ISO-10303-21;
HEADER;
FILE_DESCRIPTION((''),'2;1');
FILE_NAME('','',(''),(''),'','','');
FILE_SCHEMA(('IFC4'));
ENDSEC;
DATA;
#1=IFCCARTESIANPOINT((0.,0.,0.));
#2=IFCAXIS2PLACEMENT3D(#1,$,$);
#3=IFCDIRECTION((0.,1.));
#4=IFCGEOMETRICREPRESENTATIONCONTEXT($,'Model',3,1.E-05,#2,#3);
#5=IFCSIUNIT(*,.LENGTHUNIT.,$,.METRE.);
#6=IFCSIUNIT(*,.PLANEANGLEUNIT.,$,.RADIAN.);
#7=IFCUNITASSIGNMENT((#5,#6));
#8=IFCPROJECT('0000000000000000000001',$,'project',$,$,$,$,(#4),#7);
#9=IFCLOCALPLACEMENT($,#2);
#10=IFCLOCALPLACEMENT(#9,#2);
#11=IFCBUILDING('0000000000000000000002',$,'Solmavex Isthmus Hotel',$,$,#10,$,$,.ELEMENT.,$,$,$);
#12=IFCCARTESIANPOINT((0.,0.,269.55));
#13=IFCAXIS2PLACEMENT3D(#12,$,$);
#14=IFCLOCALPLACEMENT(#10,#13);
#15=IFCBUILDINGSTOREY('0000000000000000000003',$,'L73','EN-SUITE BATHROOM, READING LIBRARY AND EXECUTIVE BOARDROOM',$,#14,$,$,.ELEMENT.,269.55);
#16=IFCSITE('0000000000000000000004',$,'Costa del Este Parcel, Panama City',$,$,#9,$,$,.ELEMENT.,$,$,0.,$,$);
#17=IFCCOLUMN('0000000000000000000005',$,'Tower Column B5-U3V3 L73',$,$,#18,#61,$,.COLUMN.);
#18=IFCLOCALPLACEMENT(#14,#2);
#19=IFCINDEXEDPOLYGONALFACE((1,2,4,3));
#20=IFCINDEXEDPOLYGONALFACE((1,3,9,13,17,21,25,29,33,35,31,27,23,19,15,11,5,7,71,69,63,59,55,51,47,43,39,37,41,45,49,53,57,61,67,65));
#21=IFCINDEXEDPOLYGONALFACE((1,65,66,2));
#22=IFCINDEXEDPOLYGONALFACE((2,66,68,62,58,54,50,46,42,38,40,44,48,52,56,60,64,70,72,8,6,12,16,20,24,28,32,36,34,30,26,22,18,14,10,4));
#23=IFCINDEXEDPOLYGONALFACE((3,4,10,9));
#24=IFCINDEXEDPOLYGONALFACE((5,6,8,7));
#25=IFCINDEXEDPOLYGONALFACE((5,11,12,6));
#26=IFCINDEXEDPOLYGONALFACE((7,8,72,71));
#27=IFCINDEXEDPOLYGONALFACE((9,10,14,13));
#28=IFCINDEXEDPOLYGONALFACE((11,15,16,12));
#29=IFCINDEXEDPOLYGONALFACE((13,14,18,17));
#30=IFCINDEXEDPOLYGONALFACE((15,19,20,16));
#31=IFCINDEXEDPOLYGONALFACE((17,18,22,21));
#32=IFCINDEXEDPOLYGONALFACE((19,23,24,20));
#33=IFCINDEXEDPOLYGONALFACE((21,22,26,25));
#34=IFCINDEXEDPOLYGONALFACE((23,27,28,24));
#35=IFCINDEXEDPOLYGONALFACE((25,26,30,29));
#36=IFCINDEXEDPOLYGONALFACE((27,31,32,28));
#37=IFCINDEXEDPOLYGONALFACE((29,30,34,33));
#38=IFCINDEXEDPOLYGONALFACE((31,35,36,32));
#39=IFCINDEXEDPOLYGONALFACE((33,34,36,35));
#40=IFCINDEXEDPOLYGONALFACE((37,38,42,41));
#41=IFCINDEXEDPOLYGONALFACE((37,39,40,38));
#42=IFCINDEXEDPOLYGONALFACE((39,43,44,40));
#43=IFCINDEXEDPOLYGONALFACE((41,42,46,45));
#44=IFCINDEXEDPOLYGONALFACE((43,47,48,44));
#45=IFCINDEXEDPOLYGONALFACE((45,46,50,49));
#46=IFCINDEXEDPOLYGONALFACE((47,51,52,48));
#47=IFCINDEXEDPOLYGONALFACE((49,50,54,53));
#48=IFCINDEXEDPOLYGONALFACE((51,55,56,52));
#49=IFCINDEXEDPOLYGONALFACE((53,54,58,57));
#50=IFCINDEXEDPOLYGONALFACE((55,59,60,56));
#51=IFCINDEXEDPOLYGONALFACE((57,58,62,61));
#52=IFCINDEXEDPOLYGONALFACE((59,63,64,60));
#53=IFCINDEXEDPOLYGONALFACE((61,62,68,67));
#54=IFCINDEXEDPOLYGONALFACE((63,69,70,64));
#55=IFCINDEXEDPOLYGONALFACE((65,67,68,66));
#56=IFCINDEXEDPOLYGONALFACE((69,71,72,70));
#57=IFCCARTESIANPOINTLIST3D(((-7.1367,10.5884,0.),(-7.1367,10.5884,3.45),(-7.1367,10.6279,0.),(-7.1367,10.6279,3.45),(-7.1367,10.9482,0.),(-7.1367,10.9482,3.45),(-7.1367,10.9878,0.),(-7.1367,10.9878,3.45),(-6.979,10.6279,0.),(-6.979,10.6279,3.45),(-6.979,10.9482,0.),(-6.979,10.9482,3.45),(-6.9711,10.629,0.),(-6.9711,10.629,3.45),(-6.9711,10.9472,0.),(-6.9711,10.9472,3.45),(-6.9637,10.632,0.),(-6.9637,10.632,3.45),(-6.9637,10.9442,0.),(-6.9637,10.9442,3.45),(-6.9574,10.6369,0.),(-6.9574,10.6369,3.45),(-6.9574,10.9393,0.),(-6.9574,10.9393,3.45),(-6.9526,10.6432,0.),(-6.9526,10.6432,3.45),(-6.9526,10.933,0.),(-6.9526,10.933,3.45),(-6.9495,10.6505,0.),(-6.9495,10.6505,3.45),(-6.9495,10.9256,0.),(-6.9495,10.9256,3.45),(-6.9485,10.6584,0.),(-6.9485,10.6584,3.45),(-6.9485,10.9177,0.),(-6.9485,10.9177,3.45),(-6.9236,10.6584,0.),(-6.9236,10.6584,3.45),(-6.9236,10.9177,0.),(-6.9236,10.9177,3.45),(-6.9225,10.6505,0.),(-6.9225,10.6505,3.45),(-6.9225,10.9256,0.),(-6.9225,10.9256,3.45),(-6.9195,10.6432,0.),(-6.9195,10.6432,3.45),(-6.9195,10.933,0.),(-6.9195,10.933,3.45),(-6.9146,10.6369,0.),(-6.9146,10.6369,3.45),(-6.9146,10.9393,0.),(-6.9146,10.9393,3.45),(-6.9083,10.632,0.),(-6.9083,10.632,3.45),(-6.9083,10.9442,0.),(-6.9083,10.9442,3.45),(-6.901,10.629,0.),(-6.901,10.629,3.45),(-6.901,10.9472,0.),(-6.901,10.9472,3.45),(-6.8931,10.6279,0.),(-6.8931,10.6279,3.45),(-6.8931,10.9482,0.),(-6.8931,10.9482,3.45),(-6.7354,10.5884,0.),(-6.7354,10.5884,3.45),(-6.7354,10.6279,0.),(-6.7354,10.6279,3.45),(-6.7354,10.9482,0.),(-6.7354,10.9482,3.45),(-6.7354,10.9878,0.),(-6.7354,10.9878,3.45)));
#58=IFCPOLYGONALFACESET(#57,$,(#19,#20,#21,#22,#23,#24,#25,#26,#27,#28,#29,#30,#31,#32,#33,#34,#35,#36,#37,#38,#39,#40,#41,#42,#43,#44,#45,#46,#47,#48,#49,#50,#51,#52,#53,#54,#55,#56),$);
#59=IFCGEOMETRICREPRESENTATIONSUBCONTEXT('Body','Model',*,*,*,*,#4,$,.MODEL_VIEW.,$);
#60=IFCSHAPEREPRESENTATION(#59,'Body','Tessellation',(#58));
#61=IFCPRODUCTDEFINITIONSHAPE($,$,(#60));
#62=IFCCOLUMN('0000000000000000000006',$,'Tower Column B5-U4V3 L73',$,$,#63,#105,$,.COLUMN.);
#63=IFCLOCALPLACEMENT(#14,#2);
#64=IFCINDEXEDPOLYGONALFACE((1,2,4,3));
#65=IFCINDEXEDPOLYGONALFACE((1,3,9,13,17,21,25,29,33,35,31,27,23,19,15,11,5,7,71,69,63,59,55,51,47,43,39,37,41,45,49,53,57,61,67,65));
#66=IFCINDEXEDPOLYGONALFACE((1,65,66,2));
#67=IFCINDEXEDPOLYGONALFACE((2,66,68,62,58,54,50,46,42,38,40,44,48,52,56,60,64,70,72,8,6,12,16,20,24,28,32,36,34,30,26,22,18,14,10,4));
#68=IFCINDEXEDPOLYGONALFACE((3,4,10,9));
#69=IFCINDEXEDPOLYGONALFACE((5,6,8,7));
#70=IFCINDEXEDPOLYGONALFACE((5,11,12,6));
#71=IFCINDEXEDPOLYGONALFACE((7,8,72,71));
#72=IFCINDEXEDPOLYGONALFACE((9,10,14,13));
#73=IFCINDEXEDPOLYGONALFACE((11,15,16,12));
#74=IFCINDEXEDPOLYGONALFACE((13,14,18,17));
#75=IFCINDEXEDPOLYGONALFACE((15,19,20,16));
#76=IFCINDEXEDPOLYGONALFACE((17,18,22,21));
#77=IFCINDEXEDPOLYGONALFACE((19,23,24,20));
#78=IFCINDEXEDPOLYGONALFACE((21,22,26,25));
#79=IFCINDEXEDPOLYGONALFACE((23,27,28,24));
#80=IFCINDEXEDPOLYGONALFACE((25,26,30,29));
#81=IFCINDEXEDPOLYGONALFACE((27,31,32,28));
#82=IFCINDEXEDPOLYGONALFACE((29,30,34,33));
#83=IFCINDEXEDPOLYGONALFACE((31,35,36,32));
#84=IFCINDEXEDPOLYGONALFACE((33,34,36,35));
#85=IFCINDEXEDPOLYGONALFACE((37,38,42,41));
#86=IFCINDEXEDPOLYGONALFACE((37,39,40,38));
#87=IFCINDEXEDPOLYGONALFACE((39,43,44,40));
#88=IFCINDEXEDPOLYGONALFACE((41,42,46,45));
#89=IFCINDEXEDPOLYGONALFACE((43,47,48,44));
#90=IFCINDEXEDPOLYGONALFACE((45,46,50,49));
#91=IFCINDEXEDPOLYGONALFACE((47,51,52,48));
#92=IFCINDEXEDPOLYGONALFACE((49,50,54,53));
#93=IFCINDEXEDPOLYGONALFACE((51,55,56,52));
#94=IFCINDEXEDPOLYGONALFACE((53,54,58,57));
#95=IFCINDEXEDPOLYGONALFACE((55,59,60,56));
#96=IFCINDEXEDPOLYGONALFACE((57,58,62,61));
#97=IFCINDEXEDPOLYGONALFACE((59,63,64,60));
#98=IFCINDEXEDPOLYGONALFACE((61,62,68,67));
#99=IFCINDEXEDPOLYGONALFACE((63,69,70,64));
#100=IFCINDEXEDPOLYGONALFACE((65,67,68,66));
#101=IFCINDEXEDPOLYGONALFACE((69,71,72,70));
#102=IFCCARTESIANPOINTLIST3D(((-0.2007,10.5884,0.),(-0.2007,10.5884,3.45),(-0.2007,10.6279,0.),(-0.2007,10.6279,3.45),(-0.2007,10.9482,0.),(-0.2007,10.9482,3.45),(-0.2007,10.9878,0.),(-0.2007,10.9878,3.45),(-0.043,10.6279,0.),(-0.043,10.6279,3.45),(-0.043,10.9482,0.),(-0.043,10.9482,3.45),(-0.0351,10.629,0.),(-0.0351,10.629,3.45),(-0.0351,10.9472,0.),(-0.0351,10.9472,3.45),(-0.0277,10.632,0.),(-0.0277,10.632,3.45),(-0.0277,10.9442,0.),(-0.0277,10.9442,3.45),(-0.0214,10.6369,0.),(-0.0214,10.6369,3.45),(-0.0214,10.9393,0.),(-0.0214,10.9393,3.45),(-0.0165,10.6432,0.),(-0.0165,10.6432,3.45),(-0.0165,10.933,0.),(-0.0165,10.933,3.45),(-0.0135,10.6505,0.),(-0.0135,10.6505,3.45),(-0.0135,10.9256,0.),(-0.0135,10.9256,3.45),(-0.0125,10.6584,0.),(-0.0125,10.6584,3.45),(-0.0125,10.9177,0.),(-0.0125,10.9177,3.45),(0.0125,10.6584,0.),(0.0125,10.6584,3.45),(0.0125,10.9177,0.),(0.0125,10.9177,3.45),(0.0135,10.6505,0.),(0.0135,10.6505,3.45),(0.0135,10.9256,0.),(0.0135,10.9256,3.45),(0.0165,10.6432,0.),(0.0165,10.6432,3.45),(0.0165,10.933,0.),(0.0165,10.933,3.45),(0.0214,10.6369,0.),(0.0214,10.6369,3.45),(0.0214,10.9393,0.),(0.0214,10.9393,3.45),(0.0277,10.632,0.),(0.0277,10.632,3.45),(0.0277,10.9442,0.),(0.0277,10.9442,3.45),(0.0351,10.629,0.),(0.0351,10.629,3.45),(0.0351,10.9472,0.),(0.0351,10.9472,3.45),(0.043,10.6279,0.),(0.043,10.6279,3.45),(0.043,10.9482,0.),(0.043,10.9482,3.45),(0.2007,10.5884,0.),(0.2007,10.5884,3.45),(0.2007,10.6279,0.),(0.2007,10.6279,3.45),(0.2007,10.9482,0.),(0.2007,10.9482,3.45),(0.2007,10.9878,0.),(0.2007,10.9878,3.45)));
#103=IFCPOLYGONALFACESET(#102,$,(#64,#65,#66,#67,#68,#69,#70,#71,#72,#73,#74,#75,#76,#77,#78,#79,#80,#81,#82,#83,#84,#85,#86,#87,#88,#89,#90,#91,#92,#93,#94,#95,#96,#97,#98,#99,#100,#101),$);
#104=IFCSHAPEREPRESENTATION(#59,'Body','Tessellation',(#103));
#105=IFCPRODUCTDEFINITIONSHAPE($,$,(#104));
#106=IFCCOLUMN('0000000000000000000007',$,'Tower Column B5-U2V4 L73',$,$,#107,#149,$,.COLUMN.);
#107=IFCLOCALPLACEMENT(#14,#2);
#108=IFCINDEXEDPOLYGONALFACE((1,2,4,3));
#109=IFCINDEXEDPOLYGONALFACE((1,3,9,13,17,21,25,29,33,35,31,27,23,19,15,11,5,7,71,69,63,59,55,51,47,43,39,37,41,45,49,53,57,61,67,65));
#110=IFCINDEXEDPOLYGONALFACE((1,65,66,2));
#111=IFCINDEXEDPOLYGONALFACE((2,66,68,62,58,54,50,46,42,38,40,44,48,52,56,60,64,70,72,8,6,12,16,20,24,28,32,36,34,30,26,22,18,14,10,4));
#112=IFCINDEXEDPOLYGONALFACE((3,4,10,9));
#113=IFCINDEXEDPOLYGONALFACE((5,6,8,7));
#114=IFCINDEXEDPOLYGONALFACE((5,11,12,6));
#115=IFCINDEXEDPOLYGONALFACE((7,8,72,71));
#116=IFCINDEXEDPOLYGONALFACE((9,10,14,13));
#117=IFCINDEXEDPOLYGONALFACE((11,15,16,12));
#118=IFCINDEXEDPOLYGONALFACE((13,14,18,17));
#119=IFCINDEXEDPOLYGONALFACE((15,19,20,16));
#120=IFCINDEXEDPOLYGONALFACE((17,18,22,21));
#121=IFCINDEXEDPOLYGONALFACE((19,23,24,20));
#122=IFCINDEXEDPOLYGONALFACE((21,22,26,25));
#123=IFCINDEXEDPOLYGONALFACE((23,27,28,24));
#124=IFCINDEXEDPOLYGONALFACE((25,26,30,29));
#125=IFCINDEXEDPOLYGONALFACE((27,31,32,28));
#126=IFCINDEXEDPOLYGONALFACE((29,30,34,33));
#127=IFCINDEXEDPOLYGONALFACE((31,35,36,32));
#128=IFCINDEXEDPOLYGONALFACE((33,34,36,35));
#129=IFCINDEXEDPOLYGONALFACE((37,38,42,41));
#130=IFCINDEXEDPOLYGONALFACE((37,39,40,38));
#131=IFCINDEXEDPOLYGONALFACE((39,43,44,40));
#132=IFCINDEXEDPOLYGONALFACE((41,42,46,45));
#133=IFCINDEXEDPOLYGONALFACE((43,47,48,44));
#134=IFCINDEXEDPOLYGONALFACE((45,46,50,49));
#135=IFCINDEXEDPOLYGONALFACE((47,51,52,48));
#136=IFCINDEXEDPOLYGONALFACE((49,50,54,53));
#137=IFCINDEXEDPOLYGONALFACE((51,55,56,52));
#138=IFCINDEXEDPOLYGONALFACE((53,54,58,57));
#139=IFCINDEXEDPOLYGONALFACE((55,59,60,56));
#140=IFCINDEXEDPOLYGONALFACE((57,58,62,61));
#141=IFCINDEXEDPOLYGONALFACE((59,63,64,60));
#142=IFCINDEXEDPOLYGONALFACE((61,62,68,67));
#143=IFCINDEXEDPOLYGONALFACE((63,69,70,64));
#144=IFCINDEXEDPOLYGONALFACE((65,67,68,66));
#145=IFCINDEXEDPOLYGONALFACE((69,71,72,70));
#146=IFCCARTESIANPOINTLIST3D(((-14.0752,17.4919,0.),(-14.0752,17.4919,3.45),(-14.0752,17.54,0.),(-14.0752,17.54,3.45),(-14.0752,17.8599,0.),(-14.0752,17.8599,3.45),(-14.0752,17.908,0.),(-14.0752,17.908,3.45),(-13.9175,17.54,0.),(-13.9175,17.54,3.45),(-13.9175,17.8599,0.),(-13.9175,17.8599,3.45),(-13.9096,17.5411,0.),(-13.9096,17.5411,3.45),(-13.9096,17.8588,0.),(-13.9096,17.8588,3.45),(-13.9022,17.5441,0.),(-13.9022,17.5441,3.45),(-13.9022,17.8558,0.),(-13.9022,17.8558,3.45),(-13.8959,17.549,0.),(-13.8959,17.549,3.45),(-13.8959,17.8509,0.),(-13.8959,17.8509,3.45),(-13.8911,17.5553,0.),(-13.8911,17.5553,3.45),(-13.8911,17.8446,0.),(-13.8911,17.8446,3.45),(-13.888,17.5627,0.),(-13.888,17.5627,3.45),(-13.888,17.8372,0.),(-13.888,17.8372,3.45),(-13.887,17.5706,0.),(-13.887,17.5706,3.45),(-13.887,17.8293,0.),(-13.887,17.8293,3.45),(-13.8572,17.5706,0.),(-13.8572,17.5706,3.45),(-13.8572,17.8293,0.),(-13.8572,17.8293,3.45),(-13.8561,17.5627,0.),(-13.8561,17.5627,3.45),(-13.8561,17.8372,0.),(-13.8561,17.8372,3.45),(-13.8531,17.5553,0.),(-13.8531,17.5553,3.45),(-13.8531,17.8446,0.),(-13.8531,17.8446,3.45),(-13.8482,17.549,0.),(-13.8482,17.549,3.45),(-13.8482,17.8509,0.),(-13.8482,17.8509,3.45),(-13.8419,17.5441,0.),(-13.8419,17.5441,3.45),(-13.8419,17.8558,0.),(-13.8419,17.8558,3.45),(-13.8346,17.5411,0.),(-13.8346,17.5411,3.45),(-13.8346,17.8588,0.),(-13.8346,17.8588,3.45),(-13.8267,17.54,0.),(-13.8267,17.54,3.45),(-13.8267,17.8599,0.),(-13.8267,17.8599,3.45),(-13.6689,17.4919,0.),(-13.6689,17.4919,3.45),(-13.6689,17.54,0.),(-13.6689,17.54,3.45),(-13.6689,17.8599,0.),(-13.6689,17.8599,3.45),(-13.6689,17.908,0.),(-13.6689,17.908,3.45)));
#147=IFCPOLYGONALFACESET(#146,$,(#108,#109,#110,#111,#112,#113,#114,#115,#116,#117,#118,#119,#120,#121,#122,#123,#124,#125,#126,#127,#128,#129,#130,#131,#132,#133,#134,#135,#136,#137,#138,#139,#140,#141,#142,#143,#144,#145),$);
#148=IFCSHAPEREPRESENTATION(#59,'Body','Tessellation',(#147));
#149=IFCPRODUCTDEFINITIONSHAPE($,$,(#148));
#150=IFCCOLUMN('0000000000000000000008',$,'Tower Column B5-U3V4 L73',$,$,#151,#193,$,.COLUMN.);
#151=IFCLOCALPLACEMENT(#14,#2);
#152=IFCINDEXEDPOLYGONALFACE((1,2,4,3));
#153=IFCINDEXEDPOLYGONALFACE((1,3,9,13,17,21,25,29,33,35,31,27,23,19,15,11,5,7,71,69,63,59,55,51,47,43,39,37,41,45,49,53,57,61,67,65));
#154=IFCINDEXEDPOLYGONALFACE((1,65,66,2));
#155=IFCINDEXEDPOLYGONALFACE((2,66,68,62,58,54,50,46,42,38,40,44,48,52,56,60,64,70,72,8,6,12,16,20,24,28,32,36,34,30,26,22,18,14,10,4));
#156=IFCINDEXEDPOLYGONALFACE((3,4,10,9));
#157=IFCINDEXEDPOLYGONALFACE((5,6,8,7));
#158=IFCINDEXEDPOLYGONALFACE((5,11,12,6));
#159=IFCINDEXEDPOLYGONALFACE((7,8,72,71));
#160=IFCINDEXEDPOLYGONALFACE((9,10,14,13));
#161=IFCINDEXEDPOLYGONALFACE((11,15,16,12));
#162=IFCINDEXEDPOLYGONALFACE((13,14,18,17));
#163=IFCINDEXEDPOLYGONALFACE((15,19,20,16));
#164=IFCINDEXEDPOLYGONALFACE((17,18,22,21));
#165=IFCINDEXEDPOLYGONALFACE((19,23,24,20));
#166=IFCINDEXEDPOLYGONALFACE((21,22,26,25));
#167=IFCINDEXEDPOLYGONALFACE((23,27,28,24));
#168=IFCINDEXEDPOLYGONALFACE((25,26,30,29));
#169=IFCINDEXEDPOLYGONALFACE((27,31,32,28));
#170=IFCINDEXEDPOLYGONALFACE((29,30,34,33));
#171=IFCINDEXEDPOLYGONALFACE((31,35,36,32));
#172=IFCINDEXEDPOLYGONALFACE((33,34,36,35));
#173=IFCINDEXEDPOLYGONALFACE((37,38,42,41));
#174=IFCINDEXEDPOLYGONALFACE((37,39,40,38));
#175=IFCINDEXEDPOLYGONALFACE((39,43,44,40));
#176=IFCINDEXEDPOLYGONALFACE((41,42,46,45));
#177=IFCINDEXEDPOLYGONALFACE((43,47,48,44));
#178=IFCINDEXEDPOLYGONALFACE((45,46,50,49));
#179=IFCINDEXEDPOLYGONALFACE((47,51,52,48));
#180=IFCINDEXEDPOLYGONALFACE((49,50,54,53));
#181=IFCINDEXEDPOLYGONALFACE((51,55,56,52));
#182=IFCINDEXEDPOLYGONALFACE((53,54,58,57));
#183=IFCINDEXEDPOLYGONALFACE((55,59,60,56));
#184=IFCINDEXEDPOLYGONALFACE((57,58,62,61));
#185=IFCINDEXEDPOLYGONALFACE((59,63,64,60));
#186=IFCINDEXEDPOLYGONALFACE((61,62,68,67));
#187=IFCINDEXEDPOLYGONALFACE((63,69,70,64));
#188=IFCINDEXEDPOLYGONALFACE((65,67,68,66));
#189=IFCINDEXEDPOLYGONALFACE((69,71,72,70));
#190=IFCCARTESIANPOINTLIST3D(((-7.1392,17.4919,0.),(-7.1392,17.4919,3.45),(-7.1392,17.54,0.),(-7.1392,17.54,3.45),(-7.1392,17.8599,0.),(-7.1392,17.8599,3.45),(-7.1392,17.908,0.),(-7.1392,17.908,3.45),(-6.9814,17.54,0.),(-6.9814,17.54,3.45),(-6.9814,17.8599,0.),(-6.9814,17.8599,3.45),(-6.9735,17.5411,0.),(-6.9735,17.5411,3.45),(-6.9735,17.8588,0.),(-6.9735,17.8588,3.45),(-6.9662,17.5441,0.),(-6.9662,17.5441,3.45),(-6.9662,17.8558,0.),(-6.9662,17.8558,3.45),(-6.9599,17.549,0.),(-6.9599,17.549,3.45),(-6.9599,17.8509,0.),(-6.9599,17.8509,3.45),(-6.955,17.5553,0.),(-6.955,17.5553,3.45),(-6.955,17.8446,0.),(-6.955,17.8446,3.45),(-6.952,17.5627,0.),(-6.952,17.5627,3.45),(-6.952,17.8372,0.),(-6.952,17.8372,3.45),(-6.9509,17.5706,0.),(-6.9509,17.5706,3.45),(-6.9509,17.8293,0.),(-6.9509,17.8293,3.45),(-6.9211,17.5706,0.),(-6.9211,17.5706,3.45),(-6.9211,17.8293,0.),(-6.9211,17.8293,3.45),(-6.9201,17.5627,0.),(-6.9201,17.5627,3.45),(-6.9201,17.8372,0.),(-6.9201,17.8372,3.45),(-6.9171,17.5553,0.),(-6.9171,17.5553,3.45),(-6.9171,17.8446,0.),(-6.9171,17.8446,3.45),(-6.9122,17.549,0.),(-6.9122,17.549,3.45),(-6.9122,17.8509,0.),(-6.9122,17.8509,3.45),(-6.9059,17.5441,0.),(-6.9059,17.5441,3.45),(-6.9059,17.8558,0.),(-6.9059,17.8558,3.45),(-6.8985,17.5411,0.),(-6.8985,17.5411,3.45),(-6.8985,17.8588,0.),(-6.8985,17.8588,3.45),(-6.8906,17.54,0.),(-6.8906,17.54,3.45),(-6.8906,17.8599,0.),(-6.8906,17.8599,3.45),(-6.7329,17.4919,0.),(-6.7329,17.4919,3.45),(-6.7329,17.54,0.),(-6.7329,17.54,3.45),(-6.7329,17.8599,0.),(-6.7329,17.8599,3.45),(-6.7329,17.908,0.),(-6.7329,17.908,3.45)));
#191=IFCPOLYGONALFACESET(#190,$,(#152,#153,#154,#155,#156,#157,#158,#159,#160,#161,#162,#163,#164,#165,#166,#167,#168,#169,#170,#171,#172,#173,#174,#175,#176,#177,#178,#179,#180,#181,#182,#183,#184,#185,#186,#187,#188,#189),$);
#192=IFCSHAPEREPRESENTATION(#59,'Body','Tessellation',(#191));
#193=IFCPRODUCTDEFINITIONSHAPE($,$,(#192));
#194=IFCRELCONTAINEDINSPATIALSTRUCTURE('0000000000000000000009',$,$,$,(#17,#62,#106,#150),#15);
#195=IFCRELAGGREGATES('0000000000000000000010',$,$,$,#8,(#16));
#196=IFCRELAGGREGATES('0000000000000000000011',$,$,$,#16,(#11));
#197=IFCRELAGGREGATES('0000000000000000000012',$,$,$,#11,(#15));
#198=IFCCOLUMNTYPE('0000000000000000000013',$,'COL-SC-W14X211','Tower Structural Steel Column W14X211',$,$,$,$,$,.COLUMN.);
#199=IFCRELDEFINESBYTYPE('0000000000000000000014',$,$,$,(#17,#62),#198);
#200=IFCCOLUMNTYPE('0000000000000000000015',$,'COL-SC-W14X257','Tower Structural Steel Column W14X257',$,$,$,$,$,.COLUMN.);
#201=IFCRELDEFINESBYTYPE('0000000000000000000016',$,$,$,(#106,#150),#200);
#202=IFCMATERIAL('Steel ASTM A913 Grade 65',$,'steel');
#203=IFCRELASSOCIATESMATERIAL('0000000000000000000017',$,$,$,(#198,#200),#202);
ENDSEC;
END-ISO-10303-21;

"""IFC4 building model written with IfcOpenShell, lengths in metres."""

from ifc_helpers import new_model, si_unit, direction, frame, origin, origin_2d, place, context, subcontext, project, spatial, i_section, extrude, material, material_profile, profile_set, type_object, element, save


model = new_model("IFC4")

# Units and contexts
model_context = context("Model", 3, precision=1e-05, world=origin(), true_north=direction((0.0, 1.0)))
body_context = subcontext(model_context, "Body", "Model", "MODEL_VIEW")
ifc_project = project(units=[si_unit("LENGTHUNIT", "METRE"), si_unit("PLANEANGLEUNIT", "RADIAN")], contexts=[model_context])

# Site, building, storey
site_placement = place(None, origin())
site = spatial("IfcSite", under=ifc_project, at=site_placement, Name="Costa del Este Parcel, Panama City", CompositionType="ELEMENT", RefElevation=0.0)
building_placement = place(site_placement, origin())
building = spatial("IfcBuilding", under=site, at=building_placement, Name="Solmavex Isthmus Hotel", CompositionType="ELEMENT")
storey_placement = place(building_placement, frame((0.0, 0.0, 269.55)))
storey = spatial("IfcBuildingStorey", under=building, at=storey_placement, Name="L73", Description="EN-SUITE BATHROOM, READING LIBRARY AND EXECUTIVE BOARDROOM", CompositionType="ELEMENT", Elevation=269.55)

# Columns
ifc_material_1 = material(Name="Steel ASTM A913 Grade 65", Category="steel")
ifc_material_profile_1 = material_profile(ifc_material_1, i_section(OverallWidth=0.4014, OverallDepth=0.3994, WebThickness=0.0249, FlangeThickness=0.0396, FilletRadius=0.0305, at=origin_2d()), Name="W14X211")
ifc_profile_set_1 = profile_set([ifc_material_profile_1], Name="Steel ASTM A913 Grade 65")
column_type_1 = type_object("IfcColumnType", Name="COL-SC-W14X211", Description="Tower Structural Steel Column W14X211", PredefinedType="COLUMN", material=ifc_profile_set_1)
for number, where, z_axis, x_axis, name in (
    (1, (-6.936, 10.7881, 0.0), (0.0, 0.0, 1.0), (1.0, 0.0, 0.0), "Tower Column B5-U3V3 L73"),
    (2, (0.0, 10.7881, 0.0), (0.0, 0.0, 1.0), (1.0, 0.0, 0.0), "Tower Column B5-U4V3 L73"),
):
    element("IfcColumn", number, at=place(storey_placement, frame(where, z_axis=z_axis, x_axis=x_axis)), inside=storey, type_object=column_type_1, Name=name, PredefinedType="COLUMN", context=body_context, shape_type="SweptSolid", body=[
        extrude(i_section(OverallWidth=0.4014, OverallDepth=0.3994, WebThickness=0.0249, FlangeThickness=0.0396, FilletRadius=0.0305, at=origin_2d()), origin(), (0.0, 0.0, 1.0), 3.45),
    ])
ifc_material_profile_2 = material_profile(ifc_material_1, i_section(OverallWidth=0.4062, OverallDepth=0.416, WebThickness=0.0298, FlangeThickness=0.0481, FilletRadius=0.0305, at=origin_2d()), Name="W14X257")
ifc_profile_set_2 = profile_set([ifc_material_profile_2], Name="Steel ASTM A913 Grade 65")
column_type_2 = type_object("IfcColumnType", Name="COL-SC-W14X257", Description="Tower Structural Steel Column W14X257", PredefinedType="COLUMN", material=ifc_profile_set_2)
for number, where, z_axis, x_axis, name in (
    (3, (-13.8721, 17.7, 0.0), (0.0, 0.0, 1.0), (1.0, 0.0, 0.0), "Tower Column B5-U2V4 L73"),
    (4, (-6.936, 17.7, 0.0), (0.0, 0.0, 1.0), (1.0, 0.0, 0.0), "Tower Column B5-U3V4 L73"),
):
    element("IfcColumn", number, at=place(storey_placement, frame(where, z_axis=z_axis, x_axis=x_axis)), inside=storey, type_object=column_type_2, Name=name, PredefinedType="COLUMN", context=body_context, shape_type="SweptSolid", body=[
        extrude(i_section(OverallWidth=0.4062, OverallDepth=0.416, WebThickness=0.0298, FlangeThickness=0.0481, FilletRadius=0.0305, at=origin_2d()), origin(), (0.0, 0.0, 1.0), 3.45),
    ])

save(model, "model.ifc")
